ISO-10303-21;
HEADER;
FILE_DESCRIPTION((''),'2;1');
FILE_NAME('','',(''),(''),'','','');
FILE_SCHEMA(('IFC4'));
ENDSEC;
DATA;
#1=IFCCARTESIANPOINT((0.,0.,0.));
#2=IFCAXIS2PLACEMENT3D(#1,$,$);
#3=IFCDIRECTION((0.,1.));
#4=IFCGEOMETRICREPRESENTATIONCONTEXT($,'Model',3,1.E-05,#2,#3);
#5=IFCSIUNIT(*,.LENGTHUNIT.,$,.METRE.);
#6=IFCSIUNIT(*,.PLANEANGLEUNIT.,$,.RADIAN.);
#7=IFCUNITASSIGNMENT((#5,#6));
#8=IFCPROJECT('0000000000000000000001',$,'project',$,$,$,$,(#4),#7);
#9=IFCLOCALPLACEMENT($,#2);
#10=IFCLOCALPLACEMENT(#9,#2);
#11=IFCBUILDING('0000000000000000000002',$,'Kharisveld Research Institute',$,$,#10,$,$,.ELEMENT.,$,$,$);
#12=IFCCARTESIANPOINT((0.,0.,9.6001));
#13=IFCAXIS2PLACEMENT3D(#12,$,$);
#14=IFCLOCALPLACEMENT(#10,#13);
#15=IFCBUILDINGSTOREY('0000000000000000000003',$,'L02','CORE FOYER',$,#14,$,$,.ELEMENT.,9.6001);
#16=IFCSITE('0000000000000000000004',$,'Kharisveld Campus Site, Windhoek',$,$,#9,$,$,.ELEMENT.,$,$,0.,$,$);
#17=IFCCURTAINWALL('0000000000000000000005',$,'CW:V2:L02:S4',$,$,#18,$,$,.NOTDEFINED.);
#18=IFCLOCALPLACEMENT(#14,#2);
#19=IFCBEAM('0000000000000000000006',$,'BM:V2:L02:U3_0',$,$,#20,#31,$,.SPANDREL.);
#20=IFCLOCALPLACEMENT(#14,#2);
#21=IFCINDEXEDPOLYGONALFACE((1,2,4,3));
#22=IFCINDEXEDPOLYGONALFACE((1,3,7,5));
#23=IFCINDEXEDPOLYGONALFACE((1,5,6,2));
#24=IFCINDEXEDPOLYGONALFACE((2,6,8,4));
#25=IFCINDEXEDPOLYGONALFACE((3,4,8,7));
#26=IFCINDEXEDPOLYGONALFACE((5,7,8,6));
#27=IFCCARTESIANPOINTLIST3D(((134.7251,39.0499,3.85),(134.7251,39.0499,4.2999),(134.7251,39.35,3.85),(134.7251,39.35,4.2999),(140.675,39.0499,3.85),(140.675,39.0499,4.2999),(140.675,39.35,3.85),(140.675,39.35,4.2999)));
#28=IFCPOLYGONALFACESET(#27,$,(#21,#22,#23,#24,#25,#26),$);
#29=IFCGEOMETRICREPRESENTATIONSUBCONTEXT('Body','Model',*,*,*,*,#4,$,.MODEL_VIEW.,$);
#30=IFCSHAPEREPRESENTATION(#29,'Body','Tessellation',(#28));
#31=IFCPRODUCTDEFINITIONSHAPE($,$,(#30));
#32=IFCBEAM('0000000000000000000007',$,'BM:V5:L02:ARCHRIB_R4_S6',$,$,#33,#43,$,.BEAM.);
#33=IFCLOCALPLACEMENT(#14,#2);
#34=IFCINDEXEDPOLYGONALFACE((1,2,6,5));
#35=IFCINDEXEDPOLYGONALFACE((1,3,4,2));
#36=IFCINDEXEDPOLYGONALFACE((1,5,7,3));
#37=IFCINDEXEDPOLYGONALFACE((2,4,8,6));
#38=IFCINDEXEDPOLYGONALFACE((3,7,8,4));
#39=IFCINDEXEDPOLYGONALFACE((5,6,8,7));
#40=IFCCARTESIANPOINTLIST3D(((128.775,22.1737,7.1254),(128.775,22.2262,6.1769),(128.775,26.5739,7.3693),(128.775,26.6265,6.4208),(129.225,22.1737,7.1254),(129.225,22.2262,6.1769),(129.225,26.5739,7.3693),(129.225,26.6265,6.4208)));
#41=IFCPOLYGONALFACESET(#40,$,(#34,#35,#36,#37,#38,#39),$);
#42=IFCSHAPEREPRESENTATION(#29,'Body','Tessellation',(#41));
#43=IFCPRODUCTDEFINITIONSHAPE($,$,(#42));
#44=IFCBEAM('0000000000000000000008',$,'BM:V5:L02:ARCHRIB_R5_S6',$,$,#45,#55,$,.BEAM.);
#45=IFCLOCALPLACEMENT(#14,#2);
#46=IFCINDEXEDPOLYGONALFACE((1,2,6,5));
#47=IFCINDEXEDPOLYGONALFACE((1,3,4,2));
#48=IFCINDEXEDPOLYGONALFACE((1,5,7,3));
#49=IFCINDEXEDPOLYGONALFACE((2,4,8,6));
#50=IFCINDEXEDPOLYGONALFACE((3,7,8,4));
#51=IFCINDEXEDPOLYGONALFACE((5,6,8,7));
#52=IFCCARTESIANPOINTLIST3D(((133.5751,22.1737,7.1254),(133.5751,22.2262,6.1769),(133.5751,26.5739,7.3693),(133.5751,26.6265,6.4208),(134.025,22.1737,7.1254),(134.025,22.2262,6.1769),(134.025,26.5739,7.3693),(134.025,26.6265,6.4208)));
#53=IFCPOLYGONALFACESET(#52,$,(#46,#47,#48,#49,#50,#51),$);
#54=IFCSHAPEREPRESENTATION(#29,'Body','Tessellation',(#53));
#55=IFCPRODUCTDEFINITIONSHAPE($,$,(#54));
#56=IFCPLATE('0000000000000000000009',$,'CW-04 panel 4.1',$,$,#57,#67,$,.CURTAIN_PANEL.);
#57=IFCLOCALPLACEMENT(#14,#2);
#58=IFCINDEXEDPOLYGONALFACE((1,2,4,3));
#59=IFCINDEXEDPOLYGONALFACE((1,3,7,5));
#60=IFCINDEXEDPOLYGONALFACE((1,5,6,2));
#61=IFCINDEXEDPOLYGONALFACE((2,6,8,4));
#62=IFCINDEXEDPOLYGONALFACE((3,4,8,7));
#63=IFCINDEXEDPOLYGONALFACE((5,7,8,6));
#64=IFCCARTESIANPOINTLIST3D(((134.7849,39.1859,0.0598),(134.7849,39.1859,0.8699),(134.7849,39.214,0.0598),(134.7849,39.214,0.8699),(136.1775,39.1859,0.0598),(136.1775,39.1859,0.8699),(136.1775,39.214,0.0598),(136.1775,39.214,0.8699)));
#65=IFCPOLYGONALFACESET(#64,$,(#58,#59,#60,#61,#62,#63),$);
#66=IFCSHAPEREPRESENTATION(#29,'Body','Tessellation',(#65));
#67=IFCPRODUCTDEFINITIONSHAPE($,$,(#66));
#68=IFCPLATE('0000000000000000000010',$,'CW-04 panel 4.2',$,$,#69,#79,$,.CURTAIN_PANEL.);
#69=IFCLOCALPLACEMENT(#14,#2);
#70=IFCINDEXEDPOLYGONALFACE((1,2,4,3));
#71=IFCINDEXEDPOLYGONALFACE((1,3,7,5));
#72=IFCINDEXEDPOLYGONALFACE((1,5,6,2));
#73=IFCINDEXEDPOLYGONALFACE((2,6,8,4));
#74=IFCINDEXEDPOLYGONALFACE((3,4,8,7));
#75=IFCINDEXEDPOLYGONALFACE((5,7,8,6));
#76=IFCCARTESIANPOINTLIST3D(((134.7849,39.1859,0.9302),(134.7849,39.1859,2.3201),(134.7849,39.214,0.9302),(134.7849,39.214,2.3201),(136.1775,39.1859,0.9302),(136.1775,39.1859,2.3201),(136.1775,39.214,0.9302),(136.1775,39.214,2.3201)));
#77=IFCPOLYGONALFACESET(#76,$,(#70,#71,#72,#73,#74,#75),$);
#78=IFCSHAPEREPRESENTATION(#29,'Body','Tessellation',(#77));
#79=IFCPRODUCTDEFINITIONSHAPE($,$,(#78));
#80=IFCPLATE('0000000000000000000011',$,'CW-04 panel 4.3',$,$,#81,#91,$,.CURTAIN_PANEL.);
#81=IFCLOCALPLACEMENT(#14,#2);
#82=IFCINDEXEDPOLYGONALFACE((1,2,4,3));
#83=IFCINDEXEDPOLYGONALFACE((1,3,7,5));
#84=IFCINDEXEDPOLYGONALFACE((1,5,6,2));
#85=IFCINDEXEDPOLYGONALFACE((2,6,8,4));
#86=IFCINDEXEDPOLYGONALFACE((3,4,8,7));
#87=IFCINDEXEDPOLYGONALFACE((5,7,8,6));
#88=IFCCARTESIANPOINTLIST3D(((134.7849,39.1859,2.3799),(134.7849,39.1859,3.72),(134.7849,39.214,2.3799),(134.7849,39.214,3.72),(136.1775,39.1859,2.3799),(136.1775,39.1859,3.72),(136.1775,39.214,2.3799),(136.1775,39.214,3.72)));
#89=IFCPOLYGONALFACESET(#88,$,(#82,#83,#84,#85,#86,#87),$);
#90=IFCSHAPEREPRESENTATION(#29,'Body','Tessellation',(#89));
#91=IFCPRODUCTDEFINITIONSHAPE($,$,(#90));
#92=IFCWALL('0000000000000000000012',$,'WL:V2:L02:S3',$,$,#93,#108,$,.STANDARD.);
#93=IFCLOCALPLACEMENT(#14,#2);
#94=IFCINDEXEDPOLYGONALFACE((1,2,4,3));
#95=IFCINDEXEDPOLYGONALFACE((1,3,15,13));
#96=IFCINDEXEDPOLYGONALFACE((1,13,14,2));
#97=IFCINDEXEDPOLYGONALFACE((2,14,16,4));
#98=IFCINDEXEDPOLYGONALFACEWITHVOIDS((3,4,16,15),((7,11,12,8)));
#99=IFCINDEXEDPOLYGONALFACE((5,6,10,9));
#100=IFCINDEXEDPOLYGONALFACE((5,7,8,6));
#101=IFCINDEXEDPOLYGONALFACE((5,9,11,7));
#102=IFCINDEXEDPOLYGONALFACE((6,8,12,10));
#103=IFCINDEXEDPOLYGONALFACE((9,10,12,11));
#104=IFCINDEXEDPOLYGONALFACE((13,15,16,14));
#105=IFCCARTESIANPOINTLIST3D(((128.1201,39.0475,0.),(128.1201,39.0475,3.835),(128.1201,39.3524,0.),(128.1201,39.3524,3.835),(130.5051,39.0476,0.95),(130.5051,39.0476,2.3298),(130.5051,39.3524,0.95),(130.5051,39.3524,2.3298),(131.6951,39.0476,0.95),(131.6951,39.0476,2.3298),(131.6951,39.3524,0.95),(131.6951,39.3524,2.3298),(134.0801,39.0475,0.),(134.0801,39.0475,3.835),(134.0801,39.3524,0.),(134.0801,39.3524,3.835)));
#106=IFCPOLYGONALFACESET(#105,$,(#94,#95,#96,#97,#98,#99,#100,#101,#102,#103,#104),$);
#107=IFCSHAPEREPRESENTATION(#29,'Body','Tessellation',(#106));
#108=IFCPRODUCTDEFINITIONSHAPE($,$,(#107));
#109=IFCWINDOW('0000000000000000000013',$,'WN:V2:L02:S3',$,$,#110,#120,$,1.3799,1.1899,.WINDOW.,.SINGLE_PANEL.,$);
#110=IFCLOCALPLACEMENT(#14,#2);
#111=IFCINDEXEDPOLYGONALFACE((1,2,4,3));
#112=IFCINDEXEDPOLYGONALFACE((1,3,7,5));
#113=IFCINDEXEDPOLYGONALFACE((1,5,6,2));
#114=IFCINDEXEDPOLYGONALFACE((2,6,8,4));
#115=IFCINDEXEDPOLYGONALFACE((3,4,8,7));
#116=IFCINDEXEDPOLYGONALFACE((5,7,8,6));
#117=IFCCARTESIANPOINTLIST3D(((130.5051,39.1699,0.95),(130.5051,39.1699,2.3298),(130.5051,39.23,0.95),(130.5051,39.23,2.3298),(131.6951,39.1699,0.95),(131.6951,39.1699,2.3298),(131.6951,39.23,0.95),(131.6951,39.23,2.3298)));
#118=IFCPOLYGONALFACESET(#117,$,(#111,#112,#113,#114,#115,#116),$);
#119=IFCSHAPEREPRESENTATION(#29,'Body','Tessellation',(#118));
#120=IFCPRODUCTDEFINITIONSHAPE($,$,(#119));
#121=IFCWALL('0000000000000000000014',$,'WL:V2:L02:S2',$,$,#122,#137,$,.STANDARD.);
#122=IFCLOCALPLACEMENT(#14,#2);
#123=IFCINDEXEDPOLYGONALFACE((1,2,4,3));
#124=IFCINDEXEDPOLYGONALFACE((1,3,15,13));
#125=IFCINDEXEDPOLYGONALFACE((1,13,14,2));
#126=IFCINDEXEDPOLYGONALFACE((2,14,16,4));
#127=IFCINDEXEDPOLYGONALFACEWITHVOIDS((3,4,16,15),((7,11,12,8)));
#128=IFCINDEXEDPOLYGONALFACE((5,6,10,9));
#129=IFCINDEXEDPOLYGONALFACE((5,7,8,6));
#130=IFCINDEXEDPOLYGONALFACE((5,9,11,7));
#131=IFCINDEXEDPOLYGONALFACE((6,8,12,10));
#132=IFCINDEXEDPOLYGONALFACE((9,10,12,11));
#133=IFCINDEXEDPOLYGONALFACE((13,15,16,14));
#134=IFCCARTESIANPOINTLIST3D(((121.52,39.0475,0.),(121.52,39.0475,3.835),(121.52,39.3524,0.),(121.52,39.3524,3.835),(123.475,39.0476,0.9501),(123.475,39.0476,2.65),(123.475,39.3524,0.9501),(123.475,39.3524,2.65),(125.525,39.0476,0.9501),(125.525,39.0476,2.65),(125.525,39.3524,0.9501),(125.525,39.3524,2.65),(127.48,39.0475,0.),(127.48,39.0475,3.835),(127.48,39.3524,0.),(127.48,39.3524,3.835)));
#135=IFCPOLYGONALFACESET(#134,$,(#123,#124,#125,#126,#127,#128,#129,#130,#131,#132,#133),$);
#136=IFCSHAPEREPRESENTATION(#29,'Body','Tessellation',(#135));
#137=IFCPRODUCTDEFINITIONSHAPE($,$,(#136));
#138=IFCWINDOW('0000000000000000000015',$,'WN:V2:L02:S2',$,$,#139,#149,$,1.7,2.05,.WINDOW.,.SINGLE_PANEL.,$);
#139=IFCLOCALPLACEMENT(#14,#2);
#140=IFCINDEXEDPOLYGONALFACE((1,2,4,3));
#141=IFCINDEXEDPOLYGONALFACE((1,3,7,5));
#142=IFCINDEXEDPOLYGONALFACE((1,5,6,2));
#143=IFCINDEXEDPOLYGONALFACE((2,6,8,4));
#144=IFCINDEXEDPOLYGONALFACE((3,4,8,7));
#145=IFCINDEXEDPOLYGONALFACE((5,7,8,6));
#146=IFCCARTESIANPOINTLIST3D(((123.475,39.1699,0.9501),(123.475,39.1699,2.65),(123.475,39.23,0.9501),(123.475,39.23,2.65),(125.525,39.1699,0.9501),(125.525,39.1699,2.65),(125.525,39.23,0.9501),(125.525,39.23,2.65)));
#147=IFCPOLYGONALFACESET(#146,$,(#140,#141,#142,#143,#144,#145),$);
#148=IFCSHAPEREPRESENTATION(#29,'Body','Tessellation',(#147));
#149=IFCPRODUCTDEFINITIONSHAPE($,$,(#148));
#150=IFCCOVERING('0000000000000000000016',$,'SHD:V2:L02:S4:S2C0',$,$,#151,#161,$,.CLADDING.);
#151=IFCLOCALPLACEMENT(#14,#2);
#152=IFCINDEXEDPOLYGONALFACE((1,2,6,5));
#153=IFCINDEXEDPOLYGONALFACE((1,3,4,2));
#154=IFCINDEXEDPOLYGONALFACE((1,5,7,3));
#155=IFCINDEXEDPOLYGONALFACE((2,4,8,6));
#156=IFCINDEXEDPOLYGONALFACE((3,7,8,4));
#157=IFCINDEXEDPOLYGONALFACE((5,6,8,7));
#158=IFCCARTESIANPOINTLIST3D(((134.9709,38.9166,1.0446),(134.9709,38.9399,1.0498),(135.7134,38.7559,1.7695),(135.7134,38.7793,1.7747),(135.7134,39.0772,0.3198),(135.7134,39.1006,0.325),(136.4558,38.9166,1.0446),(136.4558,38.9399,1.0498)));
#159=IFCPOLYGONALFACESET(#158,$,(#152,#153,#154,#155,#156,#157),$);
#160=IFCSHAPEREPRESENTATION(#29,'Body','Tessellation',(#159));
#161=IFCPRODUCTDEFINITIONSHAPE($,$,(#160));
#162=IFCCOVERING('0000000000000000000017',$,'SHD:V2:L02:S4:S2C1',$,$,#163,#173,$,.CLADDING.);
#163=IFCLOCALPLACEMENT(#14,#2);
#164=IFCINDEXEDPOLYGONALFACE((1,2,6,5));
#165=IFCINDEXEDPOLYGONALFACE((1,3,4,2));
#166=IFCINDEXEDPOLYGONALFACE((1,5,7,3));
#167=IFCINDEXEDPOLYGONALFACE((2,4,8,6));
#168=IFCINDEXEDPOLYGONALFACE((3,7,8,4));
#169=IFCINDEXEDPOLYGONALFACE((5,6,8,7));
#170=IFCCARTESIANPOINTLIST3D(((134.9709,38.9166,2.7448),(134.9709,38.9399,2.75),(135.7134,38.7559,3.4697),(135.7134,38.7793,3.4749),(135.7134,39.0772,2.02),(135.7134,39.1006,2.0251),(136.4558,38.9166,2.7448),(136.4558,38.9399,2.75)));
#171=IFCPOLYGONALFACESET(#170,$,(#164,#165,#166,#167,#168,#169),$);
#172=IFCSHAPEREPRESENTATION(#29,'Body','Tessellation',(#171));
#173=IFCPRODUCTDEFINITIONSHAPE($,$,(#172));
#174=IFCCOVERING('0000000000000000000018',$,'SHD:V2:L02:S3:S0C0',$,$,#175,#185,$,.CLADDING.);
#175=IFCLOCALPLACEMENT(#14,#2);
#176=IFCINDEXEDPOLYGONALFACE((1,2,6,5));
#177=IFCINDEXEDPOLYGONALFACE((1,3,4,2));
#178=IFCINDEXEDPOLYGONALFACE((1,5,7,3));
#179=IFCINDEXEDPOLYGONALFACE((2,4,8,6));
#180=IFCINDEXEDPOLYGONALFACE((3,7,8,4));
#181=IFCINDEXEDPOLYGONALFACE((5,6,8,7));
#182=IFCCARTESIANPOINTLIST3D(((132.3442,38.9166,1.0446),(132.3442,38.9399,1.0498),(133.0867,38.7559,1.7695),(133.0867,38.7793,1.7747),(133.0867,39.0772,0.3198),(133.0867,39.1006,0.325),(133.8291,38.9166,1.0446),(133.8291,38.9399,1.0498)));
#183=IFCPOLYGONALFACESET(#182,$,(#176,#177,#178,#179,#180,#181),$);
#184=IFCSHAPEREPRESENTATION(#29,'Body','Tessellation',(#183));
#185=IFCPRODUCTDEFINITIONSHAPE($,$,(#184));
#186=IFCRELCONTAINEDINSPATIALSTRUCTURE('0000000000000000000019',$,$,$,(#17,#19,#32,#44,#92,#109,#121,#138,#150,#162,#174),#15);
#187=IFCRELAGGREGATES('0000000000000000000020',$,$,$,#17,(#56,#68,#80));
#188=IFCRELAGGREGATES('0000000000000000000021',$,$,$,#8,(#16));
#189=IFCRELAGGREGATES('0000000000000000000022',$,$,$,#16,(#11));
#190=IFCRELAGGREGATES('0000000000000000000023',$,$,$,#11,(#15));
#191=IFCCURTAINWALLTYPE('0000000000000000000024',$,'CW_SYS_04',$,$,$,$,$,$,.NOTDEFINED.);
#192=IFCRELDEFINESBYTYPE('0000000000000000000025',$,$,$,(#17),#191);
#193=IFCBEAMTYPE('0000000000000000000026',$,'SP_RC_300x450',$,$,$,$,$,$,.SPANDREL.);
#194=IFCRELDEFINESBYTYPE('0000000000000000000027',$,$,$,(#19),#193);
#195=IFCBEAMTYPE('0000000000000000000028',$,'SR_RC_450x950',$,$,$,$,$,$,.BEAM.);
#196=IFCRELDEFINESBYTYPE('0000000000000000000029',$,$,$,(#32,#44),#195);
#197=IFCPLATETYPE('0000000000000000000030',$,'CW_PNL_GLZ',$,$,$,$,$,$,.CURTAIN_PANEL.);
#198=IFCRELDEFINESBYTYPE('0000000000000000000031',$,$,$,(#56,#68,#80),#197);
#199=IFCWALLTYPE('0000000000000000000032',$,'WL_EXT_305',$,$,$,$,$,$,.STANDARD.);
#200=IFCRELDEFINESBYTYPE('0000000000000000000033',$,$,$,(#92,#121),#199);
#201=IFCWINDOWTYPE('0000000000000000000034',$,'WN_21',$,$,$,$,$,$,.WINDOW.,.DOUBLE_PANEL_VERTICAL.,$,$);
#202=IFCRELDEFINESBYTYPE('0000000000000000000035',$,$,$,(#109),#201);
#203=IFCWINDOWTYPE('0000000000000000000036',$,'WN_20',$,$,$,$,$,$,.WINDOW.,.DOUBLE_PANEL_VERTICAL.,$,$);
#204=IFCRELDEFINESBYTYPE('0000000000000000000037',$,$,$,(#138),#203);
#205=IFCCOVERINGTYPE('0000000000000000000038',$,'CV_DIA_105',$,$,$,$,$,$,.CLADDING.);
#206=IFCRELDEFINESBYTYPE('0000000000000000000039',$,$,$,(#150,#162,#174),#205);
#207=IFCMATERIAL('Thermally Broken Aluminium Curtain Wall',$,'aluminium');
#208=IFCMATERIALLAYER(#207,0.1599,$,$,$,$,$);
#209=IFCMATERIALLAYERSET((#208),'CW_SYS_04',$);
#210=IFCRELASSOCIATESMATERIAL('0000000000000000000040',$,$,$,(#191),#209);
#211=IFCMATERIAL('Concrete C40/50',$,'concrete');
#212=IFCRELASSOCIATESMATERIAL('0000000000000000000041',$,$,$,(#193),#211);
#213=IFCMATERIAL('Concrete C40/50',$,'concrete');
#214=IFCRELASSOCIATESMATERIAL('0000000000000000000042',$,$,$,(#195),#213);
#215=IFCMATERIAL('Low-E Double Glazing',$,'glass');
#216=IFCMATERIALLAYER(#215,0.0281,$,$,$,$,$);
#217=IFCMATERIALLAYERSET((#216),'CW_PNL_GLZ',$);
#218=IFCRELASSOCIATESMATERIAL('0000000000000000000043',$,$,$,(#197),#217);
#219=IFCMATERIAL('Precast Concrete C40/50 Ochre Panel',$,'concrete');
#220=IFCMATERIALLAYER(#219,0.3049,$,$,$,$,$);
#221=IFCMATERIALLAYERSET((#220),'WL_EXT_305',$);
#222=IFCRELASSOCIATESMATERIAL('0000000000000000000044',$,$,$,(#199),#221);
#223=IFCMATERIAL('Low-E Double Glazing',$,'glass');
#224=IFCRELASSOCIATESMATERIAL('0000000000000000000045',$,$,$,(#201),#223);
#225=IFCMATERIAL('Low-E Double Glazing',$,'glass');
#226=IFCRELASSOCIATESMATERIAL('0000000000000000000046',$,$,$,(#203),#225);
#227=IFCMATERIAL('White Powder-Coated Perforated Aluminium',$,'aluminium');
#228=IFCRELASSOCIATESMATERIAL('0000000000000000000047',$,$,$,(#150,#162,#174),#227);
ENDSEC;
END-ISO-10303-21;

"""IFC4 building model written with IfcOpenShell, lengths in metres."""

from ifc_helpers import new_model, si_unit, direction, frame, frame_2d, origin, origin_2d, place, context, subcontext, project, spatial, polyline, rectangle, outline, extrude, material, layer, layer_set, material_profile, profile_set, type_object, element, fill, aggregate, save


model = new_model("IFC4")

# Units and contexts
model_context = context("Model", 3, precision=1e-05, world=origin(), true_north=direction((0.0, 1.0)))
body_context = subcontext(model_context, "Body", "Model", "MODEL_VIEW")
ifc_project = project(units=[si_unit("LENGTHUNIT", "METRE"), si_unit("PLANEANGLEUNIT", "RADIAN")], contexts=[model_context])

# Site, building, storey
site_placement = place(None, origin())
site = spatial("IfcSite", under=ifc_project, at=site_placement, Name="Kharisveld Campus Site, Windhoek", CompositionType="ELEMENT", RefElevation=0.0)
building_placement = place(site_placement, origin())
building = spatial("IfcBuilding", under=site, at=building_placement, Name="Kharisveld Research Institute", CompositionType="ELEMENT")
storey_placement = place(building_placement, frame((0.0, 0.0, 9.6001)))
storey = spatial("IfcBuildingStorey", under=building, at=storey_placement, Name="L02", Description="CORE FOYER", CompositionType="ELEMENT", Elevation=9.6001)

# Curtain wall
ifc_material_1 = material(Name="Thermally Broken Aluminium Curtain Wall", Category="aluminium")
ifc_layer_1 = layer(ifc_material_1, 0.1599)
ifc_layer_set_1 = layer_set([ifc_layer_1], Name="CW_SYS_04")
curtain_wall_type = type_object("IfcCurtainWallType", Name="CW_SYS_04", PredefinedType="NOTDEFINED", material=ifc_layer_set_1)
curtain_wall_placement = place(storey_placement, origin())
curtain_wall = element("IfcCurtainWall", 1, at=curtain_wall_placement, inside=storey, type_object=curtain_wall_type, Name="CW:V2:L02:S4", PredefinedType="NOTDEFINED")

# Beams
ifc_material_2 = material(Name="Concrete C40/50", Category="concrete")
ifc_material_profile_1 = material_profile(ifc_material_2, rectangle(XDim=0.3, YDim=0.45, at=origin_2d()))
ifc_profile_set_1 = profile_set([ifc_material_profile_1], Name="Concrete C40/50")
beam_type_1 = type_object("IfcBeamType", Name="SP_RC_300x450", PredefinedType="SPANDREL", material=ifc_profile_set_1)
for number, where, z_axis, x_axis, name in (
    (2, (134.7251, 39.2, 4.075), (1.0, 0.0, 0.0), (0.0, 1.0, 0.0), "BM:V2:L02:U3_0"),
):
    element("IfcBeam", number, at=place(storey_placement, frame(where, z_axis=z_axis, x_axis=x_axis)), inside=storey, type_object=beam_type_1, Name=name, PredefinedType="SPANDREL", context=body_context, shape_type="SweptSolid", body=[
        extrude(rectangle(XDim=0.3, YDim=0.45, at=origin_2d()), origin(), (0.0, 0.0, 1.0), 5.95),
    ])
ifc_material_3 = material(Name="Concrete C40/50", Category="concrete")
ifc_material_profile_2 = material_profile(ifc_material_3, rectangle(XDim=0.45, YDim=0.95, at=origin_2d()))
ifc_profile_set_2 = profile_set([ifc_material_profile_2], Name="Concrete C40/50")
beam_type_2 = type_object("IfcBeamType", Name="SR_RC_450x950", PredefinedType="BEAM", material=ifc_profile_set_2)
for number, where, z_axis, x_axis, name in (
    (3, (129.0, 22.2, 6.6511), (0.0, 0.998467, 0.055344), (-1.0, 0.0, 0.0), "BM:V5:L02:ARCHRIB_R4_S6"),
    (4, (133.8, 22.2, 6.6511), (0.0, 0.998467, 0.055344), (-1.0, 0.0, 0.0), "BM:V5:L02:ARCHRIB_R5_S6"),
):
    element("IfcBeam", number, at=place(storey_placement, frame(where, z_axis=z_axis, x_axis=x_axis)), inside=storey, type_object=beam_type_2, Name=name, PredefinedType="BEAM", context=body_context, shape_type="SweptSolid", body=[
        extrude(rectangle(XDim=0.45, YDim=0.95, at=origin_2d()), origin(), (0.0, 0.0, 1.0), 4.407),
    ])

# Plates
ifc_material_4 = material(Name="Low-E Double Glazing", Category="glass")
ifc_layer_2 = layer(ifc_material_4, 0.0281)
ifc_layer_set_2 = layer_set([ifc_layer_2], Name="CW_PNL_GLZ")
plate_type = type_object("IfcPlateType", Name="CW_PNL_GLZ", PredefinedType="CURTAIN_PANEL", material=ifc_layer_set_2)
plate_1_placement = place(storey_placement, frame((135.4812, 39.2, 0.0598), z_axis=(0.0, 0.0, 1.0), x_axis=(-1.0, 0.0, 0.0)))
plate_1 = element("IfcPlate", 5, at=plate_1_placement, type_object=plate_type, Name="CW-04 panel 4.1", PredefinedType="CURTAIN_PANEL", context=body_context, shape_type="SweptSolid", body=[
    extrude(rectangle(XDim=1.3926, YDim=0.0281, at=origin_2d()), origin(), (0.0, 0.0, 1.0), 0.8101),
])
plate_2_placement = place(storey_placement, frame((135.4812, 39.2, 0.9302), z_axis=(0.0, 0.0, 1.0), x_axis=(-1.0, 0.0, 0.0)))
plate_2 = element("IfcPlate", 6, at=plate_2_placement, type_object=plate_type, Name="CW-04 panel 4.2", PredefinedType="CURTAIN_PANEL", context=body_context, shape_type="SweptSolid", body=[
    extrude(rectangle(XDim=1.3926, YDim=0.0281, at=origin_2d()), origin(), (0.0, 0.0, 1.0), 1.3899),
])
plate_3_placement = place(storey_placement, frame((135.4812, 39.2, 2.3799), z_axis=(0.0, 0.0, 1.0), x_axis=(-1.0, 0.0, 0.0)))
plate_3 = element("IfcPlate", 7, at=plate_3_placement, type_object=plate_type, Name="CW-04 panel 4.3", PredefinedType="CURTAIN_PANEL", context=body_context, shape_type="SweptSolid", body=[
    extrude(rectangle(XDim=1.3926, YDim=0.0281, at=origin_2d()), origin(), (0.0, 0.0, 1.0), 1.3401),
])
aggregate(curtain_wall, [plate_1, plate_2, plate_3])

# Walls, openings, windows
ifc_material_5 = material(Name="Precast Concrete C40/50 Ochre Panel", Category="concrete")
ifc_layer_3 = layer(ifc_material_5, 0.3049)
ifc_layer_set_3 = layer_set([ifc_layer_3], Name="WL_EXT_305")
wall_type = type_object("IfcWallType", Name="WL_EXT_305", PredefinedType="STANDARD", material=ifc_layer_set_3)
wall_1_placement = place(storey_placement, frame((134.0801, 39.2, 0.0), z_axis=(0.0, 0.0, 1.0), x_axis=(-1.0, 0.0, 0.0)))
wall_1 = element("IfcWall", 8, at=wall_1_placement, inside=storey, type_object=wall_type, Name="WL:V2:L02:S3", PredefinedType="STANDARD", context=body_context, shape_type="SweptSolid", body=[
    extrude(rectangle(XDim=5.96, YDim=0.3049, at=frame_2d((2.98, 0.0))), origin(), (0.0, 0.0, 1.0), 3.835),
])
opening_1_placement = place(wall_1_placement, frame((2.385, 0.0, 0.95)))
opening_1 = element("IfcOpeningElement", 9, at=opening_1_placement, cuts=wall_1, PredefinedType="OPENING", context=body_context, shape_type="SweptSolid", body=[
    extrude(rectangle(XDim=1.1899, YDim=1.3799, at=frame_2d((0.595, 0.6899))), frame((0.0, 0.1523, 0.0), z_axis=(0.0, -1.0, 0.0), x_axis=(1.0, 0.0, 0.0)), (0.0, 0.0, 1.0), 0.3049),
])
ifc_material_6 = material(Name="Low-E Double Glazing", Category="glass")
window_type_1 = type_object("IfcWindowType", Name="WN_21", PartitioningType="DOUBLE_PANEL_VERTICAL", PredefinedType="WINDOW", material=ifc_material_6)
window_1_placement = place(opening_1_placement, origin())
window_1 = element("IfcWindow", 10, at=window_1_placement, inside=storey, type_object=window_type_1, Name="WN:V2:L02:S3", OverallHeight=1.3799, OverallWidth=1.1899, PartitioningType="SINGLE_PANEL", PredefinedType="WINDOW", context=body_context, shape_type="SweptSolid", body=[
    extrude(rectangle(XDim=1.1899, YDim=1.3799, at=frame_2d((0.595, 0.6899))), frame((0.0, 0.03, 0.0), z_axis=(0.0, -1.0, 0.0), x_axis=(1.0, 0.0, 0.0)), (0.0, 0.0, 1.0), 0.0601),
])
fill(opening_1, window_1)
wall_2_placement = place(storey_placement, frame((127.48, 39.2, 0.0), z_axis=(0.0, 0.0, 1.0), x_axis=(-1.0, 0.0, 0.0)))
wall_2 = element("IfcWall", 11, at=wall_2_placement, inside=storey, type_object=wall_type, Name="WL:V2:L02:S2", PredefinedType="STANDARD", context=body_context, shape_type="SweptSolid", body=[
    extrude(rectangle(XDim=5.96, YDim=0.3049, at=frame_2d((2.98, 0.0))), origin(), (0.0, 0.0, 1.0), 3.835),
])
opening_2_placement = place(wall_2_placement, frame((1.9551, 0.0, 0.95)))
opening_2 = element("IfcOpeningElement", 12, at=opening_2_placement, cuts=wall_2, PredefinedType="OPENING", context=body_context, shape_type="SweptSolid", body=[
    extrude(rectangle(XDim=2.05, YDim=1.7, at=frame_2d((1.0249, 0.8501))), frame((0.0, 0.1523, 0.0), z_axis=(0.0, -1.0, 0.0), x_axis=(1.0, 0.0, 0.0)), (0.0, 0.0, 1.0), 0.3049),
])
ifc_material_7 = material(Name="Low-E Double Glazing", Category="glass")
window_type_2 = type_object("IfcWindowType", Name="WN_20", PartitioningType="DOUBLE_PANEL_VERTICAL", PredefinedType="WINDOW", material=ifc_material_7)
window_2_placement = place(opening_2_placement, origin())
window_2 = element("IfcWindow", 13, at=window_2_placement, inside=storey, type_object=window_type_2, Name="WN:V2:L02:S2", OverallHeight=1.7, OverallWidth=2.05, PartitioningType="SINGLE_PANEL", PredefinedType="WINDOW", context=body_context, shape_type="SweptSolid", body=[
    extrude(rectangle(XDim=2.05, YDim=1.7, at=frame_2d((1.0249, 0.8501))), frame((0.0, 0.03, 0.0), z_axis=(0.0, -1.0, 0.0), x_axis=(1.0, 0.0, 0.0)), (0.0, 0.0, 1.0), 0.0601),
])
fill(opening_2, window_2)

# Coverings
ifc_material_8 = material(Name="White Powder-Coated Perforated Aluminium", Category="aluminium")
covering_type = type_object("IfcCoveringType", Name="CV_DIA_105", PredefinedType="CLADDING")
for number, where, z_axis, x_axis, name in (
    (14, (135.7134, 39.1006, 0.325), (0.0, 0.976311, 0.216373), (-0.707102, -0.153, 0.69036), "SHD:V2:L02:S4:S2C0"),
    (15, (135.7134, 39.1006, 2.0251), (0.0, 0.976311, 0.216373), (-0.707102, -0.153, 0.69036), "SHD:V2:L02:S4:S2C1"),
    (16, (133.0867, 39.1006, 0.325), (0.0, 0.976311, 0.216373), (-0.707102, -0.153, 0.69036), "SHD:V2:L02:S3:S0C0"),
):
    element("IfcCovering", number, at=place(storey_placement, frame(where, z_axis=z_axis, x_axis=x_axis)), inside=storey, type_object=covering_type, material=ifc_material_8, Name=name, PredefinedType="CLADDING", context=body_context, shape_type="SweptSolid", body=[
        extrude(outline(polyline([(0.0, 0.0), (1.05, 0.0), (1.05, 1.05), (0.0, 1.05), (0.0, 0.0)])), origin(), (0.0, 0.0, -1.0), 0.0239),
    ])

save(model, "model.ifc")
